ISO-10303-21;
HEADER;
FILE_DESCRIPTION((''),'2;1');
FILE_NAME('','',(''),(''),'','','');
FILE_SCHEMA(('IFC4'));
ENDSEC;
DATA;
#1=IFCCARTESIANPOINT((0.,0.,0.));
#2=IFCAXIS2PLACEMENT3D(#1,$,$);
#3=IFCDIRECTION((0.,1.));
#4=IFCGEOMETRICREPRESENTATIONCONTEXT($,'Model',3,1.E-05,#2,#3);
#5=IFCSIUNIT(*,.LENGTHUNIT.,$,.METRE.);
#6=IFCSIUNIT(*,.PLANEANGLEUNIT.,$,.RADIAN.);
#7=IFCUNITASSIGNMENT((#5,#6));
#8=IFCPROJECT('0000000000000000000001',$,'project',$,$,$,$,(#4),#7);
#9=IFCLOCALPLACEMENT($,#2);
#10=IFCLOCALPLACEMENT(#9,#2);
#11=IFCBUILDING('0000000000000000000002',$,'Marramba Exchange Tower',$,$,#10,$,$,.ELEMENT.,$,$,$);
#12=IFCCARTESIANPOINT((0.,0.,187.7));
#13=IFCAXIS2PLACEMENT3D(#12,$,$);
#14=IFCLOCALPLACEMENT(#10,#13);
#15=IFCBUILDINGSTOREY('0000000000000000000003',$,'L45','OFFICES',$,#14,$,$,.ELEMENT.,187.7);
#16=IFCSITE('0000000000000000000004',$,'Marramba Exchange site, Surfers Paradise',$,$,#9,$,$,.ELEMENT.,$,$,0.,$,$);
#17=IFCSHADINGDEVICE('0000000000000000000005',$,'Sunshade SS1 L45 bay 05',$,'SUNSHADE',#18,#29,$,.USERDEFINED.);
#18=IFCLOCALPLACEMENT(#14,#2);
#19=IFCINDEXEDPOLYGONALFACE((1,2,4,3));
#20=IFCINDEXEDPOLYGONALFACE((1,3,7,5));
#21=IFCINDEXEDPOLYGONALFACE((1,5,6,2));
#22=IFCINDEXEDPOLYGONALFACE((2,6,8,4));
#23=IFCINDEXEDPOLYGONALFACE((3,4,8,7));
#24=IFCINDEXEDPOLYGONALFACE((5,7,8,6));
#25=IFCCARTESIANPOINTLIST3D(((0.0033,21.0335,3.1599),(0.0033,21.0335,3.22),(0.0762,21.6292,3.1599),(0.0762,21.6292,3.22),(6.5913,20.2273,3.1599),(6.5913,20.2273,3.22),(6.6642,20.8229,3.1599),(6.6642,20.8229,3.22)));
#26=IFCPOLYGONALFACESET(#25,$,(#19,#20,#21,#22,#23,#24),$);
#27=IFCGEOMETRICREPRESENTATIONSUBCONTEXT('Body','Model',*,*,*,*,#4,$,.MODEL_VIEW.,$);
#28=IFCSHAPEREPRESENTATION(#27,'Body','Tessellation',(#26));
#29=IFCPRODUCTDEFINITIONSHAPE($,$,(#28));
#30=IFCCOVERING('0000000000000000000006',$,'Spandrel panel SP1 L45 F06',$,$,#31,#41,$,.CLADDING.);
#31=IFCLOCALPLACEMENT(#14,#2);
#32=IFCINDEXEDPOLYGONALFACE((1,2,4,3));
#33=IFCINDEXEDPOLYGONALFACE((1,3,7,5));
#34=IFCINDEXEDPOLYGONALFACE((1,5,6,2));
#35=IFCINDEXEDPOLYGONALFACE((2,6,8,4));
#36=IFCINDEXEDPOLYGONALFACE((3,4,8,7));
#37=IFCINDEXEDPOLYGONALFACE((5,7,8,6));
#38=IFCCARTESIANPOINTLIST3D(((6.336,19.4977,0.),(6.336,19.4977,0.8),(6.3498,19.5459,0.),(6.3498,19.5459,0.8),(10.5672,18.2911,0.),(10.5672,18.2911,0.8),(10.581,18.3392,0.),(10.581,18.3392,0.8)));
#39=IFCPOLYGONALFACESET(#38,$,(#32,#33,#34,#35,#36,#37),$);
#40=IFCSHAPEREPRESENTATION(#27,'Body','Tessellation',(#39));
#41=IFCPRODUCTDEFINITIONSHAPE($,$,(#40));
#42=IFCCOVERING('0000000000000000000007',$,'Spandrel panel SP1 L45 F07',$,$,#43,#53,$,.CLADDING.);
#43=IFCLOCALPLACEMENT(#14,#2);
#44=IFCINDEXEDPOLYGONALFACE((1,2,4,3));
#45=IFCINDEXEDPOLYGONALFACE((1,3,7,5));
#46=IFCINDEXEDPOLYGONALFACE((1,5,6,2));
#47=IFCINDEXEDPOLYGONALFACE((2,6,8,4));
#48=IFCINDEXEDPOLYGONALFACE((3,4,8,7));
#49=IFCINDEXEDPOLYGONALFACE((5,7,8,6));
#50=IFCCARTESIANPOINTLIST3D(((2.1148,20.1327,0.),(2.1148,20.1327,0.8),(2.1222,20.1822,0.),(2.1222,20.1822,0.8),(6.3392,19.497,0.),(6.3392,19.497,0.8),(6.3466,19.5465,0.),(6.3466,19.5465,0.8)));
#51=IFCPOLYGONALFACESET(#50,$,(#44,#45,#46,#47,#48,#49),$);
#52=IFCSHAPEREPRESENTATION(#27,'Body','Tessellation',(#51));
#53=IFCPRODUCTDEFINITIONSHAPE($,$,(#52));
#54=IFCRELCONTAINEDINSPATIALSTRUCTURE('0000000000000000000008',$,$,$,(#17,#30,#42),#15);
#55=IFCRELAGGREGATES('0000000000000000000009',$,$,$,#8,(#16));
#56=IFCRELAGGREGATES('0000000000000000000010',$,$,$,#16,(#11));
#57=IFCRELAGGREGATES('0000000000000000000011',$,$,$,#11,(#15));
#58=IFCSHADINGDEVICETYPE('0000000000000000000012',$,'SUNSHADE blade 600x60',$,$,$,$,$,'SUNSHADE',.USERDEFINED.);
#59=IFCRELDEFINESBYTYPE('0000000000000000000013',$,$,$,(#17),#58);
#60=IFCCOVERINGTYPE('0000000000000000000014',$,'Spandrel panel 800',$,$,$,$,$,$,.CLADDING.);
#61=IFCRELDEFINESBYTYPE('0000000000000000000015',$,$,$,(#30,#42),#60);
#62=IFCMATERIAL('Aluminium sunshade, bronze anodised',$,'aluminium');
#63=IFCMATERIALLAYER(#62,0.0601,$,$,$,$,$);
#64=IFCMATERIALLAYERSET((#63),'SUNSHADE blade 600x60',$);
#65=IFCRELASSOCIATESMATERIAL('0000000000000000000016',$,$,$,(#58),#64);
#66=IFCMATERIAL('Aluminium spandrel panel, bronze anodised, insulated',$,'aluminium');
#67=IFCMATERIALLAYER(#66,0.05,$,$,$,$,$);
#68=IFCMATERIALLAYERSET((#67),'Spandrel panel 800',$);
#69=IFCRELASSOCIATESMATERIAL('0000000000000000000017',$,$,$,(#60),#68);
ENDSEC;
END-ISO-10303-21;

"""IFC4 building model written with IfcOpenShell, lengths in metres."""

from ifc_helpers import new_model, si_unit, direction, frame, origin, origin_2d, place, context, subcontext, project, spatial, rectangle, extrude, material, layer, layer_set, type_object, element, save


model = new_model("IFC4")

# Units and contexts
model_context = context("Model", 3, precision=1e-05, world=origin(), true_north=direction((0.0, 1.0)))
body_context = subcontext(model_context, "Body", "Model", "MODEL_VIEW")
ifc_project = project(units=[si_unit("LENGTHUNIT", "METRE"), si_unit("PLANEANGLEUNIT", "RADIAN")], contexts=[model_context])

# Site, building, storey
site_placement = place(None, origin())
site = spatial("IfcSite", under=ifc_project, at=site_placement, Name="Marramba Exchange site, Surfers Paradise", CompositionType="ELEMENT", RefElevation=0.0)
building_placement = place(site_placement, origin())
building = spatial("IfcBuilding", under=site, at=building_placement, Name="Marramba Exchange Tower", CompositionType="ELEMENT")
storey_placement = place(building_placement, frame((0.0, 0.0, 187.7)))
storey = spatial("IfcBuildingStorey", under=building, at=storey_placement, Name="L45", Description="OFFICES", CompositionType="ELEMENT", Elevation=187.7)

# Shading device
ifc_material_1 = material(Name="Aluminium sunshade, bronze anodised", Category="aluminium")
ifc_layer_1 = layer(ifc_material_1, 0.0601)
ifc_layer_set_1 = layer_set([ifc_layer_1], Name="SUNSHADE blade 600x60")
shading_device_type_1 = type_object("IfcShadingDeviceType", Name="SUNSHADE blade 600x60", ElementType="SUNSHADE", PredefinedType="USERDEFINED", material=ifc_layer_set_1)
shading_device_1_placement = place(storey_placement, frame((3.3337, 20.9282, 3.1599), z_axis=(0.0, 0.0, 1.0), x_axis=(-0.992595, 0.121469, 0.0)))
element("IfcShadingDevice", 1, at=shading_device_1_placement, inside=storey, type_object=shading_device_type_1, Name="Sunshade SS1 L45 bay 05", ObjectType="SUNSHADE", PredefinedType="USERDEFINED", context=body_context, shape_type="SweptSolid", body=[
    extrude(rectangle(XDim=6.6372, YDim=0.6001, at=origin_2d()), origin(), (0.0, 0.0, 1.0), 0.0601),
])

# Coverings
ifc_material_2 = material(Name="Aluminium spandrel panel, bronze anodised, insulated", Category="aluminium")
ifc_layer_2 = layer(ifc_material_2, 0.05)
ifc_layer_set_2 = layer_set([ifc_layer_2], Name="Spandrel panel 800")
covering_type = type_object("IfcCoveringType", Name="Spandrel panel 800", PredefinedType="CLADDING", material=ifc_layer_set_2)
covering_1_placement = place(storey_placement, frame((8.4585, 18.9185, 0.0), z_axis=(0.0, 0.0, 1.0), x_axis=(-0.961659, 0.274248, 0.0)))
element("IfcCovering", 2, at=covering_1_placement, inside=storey, type_object=covering_type, Name="Spandrel panel SP1 L45 F06", PredefinedType="CLADDING", context=body_context, shape_type="SweptSolid", body=[
    extrude(rectangle(XDim=4.3999, YDim=0.05, at=origin_2d()), origin(), (0.0, 0.0, 1.0), 0.8),
])
covering_2_placement = place(storey_placement, frame((4.2307, 19.8396, 0.0), z_axis=(0.0, 0.0, 1.0), x_axis=(-0.988868, 0.148795, 0.0)))
element("IfcCovering", 3, at=covering_2_placement, inside=storey, type_object=covering_type, Name="Spandrel panel SP1 L45 F07", PredefinedType="CLADDING", context=body_context, shape_type="SweptSolid", body=[
    extrude(rectangle(XDim=4.272, YDim=0.05, at=origin_2d()), origin(), (0.0, 0.0, 1.0), 0.8),
])

save(model, "model.ifc")
